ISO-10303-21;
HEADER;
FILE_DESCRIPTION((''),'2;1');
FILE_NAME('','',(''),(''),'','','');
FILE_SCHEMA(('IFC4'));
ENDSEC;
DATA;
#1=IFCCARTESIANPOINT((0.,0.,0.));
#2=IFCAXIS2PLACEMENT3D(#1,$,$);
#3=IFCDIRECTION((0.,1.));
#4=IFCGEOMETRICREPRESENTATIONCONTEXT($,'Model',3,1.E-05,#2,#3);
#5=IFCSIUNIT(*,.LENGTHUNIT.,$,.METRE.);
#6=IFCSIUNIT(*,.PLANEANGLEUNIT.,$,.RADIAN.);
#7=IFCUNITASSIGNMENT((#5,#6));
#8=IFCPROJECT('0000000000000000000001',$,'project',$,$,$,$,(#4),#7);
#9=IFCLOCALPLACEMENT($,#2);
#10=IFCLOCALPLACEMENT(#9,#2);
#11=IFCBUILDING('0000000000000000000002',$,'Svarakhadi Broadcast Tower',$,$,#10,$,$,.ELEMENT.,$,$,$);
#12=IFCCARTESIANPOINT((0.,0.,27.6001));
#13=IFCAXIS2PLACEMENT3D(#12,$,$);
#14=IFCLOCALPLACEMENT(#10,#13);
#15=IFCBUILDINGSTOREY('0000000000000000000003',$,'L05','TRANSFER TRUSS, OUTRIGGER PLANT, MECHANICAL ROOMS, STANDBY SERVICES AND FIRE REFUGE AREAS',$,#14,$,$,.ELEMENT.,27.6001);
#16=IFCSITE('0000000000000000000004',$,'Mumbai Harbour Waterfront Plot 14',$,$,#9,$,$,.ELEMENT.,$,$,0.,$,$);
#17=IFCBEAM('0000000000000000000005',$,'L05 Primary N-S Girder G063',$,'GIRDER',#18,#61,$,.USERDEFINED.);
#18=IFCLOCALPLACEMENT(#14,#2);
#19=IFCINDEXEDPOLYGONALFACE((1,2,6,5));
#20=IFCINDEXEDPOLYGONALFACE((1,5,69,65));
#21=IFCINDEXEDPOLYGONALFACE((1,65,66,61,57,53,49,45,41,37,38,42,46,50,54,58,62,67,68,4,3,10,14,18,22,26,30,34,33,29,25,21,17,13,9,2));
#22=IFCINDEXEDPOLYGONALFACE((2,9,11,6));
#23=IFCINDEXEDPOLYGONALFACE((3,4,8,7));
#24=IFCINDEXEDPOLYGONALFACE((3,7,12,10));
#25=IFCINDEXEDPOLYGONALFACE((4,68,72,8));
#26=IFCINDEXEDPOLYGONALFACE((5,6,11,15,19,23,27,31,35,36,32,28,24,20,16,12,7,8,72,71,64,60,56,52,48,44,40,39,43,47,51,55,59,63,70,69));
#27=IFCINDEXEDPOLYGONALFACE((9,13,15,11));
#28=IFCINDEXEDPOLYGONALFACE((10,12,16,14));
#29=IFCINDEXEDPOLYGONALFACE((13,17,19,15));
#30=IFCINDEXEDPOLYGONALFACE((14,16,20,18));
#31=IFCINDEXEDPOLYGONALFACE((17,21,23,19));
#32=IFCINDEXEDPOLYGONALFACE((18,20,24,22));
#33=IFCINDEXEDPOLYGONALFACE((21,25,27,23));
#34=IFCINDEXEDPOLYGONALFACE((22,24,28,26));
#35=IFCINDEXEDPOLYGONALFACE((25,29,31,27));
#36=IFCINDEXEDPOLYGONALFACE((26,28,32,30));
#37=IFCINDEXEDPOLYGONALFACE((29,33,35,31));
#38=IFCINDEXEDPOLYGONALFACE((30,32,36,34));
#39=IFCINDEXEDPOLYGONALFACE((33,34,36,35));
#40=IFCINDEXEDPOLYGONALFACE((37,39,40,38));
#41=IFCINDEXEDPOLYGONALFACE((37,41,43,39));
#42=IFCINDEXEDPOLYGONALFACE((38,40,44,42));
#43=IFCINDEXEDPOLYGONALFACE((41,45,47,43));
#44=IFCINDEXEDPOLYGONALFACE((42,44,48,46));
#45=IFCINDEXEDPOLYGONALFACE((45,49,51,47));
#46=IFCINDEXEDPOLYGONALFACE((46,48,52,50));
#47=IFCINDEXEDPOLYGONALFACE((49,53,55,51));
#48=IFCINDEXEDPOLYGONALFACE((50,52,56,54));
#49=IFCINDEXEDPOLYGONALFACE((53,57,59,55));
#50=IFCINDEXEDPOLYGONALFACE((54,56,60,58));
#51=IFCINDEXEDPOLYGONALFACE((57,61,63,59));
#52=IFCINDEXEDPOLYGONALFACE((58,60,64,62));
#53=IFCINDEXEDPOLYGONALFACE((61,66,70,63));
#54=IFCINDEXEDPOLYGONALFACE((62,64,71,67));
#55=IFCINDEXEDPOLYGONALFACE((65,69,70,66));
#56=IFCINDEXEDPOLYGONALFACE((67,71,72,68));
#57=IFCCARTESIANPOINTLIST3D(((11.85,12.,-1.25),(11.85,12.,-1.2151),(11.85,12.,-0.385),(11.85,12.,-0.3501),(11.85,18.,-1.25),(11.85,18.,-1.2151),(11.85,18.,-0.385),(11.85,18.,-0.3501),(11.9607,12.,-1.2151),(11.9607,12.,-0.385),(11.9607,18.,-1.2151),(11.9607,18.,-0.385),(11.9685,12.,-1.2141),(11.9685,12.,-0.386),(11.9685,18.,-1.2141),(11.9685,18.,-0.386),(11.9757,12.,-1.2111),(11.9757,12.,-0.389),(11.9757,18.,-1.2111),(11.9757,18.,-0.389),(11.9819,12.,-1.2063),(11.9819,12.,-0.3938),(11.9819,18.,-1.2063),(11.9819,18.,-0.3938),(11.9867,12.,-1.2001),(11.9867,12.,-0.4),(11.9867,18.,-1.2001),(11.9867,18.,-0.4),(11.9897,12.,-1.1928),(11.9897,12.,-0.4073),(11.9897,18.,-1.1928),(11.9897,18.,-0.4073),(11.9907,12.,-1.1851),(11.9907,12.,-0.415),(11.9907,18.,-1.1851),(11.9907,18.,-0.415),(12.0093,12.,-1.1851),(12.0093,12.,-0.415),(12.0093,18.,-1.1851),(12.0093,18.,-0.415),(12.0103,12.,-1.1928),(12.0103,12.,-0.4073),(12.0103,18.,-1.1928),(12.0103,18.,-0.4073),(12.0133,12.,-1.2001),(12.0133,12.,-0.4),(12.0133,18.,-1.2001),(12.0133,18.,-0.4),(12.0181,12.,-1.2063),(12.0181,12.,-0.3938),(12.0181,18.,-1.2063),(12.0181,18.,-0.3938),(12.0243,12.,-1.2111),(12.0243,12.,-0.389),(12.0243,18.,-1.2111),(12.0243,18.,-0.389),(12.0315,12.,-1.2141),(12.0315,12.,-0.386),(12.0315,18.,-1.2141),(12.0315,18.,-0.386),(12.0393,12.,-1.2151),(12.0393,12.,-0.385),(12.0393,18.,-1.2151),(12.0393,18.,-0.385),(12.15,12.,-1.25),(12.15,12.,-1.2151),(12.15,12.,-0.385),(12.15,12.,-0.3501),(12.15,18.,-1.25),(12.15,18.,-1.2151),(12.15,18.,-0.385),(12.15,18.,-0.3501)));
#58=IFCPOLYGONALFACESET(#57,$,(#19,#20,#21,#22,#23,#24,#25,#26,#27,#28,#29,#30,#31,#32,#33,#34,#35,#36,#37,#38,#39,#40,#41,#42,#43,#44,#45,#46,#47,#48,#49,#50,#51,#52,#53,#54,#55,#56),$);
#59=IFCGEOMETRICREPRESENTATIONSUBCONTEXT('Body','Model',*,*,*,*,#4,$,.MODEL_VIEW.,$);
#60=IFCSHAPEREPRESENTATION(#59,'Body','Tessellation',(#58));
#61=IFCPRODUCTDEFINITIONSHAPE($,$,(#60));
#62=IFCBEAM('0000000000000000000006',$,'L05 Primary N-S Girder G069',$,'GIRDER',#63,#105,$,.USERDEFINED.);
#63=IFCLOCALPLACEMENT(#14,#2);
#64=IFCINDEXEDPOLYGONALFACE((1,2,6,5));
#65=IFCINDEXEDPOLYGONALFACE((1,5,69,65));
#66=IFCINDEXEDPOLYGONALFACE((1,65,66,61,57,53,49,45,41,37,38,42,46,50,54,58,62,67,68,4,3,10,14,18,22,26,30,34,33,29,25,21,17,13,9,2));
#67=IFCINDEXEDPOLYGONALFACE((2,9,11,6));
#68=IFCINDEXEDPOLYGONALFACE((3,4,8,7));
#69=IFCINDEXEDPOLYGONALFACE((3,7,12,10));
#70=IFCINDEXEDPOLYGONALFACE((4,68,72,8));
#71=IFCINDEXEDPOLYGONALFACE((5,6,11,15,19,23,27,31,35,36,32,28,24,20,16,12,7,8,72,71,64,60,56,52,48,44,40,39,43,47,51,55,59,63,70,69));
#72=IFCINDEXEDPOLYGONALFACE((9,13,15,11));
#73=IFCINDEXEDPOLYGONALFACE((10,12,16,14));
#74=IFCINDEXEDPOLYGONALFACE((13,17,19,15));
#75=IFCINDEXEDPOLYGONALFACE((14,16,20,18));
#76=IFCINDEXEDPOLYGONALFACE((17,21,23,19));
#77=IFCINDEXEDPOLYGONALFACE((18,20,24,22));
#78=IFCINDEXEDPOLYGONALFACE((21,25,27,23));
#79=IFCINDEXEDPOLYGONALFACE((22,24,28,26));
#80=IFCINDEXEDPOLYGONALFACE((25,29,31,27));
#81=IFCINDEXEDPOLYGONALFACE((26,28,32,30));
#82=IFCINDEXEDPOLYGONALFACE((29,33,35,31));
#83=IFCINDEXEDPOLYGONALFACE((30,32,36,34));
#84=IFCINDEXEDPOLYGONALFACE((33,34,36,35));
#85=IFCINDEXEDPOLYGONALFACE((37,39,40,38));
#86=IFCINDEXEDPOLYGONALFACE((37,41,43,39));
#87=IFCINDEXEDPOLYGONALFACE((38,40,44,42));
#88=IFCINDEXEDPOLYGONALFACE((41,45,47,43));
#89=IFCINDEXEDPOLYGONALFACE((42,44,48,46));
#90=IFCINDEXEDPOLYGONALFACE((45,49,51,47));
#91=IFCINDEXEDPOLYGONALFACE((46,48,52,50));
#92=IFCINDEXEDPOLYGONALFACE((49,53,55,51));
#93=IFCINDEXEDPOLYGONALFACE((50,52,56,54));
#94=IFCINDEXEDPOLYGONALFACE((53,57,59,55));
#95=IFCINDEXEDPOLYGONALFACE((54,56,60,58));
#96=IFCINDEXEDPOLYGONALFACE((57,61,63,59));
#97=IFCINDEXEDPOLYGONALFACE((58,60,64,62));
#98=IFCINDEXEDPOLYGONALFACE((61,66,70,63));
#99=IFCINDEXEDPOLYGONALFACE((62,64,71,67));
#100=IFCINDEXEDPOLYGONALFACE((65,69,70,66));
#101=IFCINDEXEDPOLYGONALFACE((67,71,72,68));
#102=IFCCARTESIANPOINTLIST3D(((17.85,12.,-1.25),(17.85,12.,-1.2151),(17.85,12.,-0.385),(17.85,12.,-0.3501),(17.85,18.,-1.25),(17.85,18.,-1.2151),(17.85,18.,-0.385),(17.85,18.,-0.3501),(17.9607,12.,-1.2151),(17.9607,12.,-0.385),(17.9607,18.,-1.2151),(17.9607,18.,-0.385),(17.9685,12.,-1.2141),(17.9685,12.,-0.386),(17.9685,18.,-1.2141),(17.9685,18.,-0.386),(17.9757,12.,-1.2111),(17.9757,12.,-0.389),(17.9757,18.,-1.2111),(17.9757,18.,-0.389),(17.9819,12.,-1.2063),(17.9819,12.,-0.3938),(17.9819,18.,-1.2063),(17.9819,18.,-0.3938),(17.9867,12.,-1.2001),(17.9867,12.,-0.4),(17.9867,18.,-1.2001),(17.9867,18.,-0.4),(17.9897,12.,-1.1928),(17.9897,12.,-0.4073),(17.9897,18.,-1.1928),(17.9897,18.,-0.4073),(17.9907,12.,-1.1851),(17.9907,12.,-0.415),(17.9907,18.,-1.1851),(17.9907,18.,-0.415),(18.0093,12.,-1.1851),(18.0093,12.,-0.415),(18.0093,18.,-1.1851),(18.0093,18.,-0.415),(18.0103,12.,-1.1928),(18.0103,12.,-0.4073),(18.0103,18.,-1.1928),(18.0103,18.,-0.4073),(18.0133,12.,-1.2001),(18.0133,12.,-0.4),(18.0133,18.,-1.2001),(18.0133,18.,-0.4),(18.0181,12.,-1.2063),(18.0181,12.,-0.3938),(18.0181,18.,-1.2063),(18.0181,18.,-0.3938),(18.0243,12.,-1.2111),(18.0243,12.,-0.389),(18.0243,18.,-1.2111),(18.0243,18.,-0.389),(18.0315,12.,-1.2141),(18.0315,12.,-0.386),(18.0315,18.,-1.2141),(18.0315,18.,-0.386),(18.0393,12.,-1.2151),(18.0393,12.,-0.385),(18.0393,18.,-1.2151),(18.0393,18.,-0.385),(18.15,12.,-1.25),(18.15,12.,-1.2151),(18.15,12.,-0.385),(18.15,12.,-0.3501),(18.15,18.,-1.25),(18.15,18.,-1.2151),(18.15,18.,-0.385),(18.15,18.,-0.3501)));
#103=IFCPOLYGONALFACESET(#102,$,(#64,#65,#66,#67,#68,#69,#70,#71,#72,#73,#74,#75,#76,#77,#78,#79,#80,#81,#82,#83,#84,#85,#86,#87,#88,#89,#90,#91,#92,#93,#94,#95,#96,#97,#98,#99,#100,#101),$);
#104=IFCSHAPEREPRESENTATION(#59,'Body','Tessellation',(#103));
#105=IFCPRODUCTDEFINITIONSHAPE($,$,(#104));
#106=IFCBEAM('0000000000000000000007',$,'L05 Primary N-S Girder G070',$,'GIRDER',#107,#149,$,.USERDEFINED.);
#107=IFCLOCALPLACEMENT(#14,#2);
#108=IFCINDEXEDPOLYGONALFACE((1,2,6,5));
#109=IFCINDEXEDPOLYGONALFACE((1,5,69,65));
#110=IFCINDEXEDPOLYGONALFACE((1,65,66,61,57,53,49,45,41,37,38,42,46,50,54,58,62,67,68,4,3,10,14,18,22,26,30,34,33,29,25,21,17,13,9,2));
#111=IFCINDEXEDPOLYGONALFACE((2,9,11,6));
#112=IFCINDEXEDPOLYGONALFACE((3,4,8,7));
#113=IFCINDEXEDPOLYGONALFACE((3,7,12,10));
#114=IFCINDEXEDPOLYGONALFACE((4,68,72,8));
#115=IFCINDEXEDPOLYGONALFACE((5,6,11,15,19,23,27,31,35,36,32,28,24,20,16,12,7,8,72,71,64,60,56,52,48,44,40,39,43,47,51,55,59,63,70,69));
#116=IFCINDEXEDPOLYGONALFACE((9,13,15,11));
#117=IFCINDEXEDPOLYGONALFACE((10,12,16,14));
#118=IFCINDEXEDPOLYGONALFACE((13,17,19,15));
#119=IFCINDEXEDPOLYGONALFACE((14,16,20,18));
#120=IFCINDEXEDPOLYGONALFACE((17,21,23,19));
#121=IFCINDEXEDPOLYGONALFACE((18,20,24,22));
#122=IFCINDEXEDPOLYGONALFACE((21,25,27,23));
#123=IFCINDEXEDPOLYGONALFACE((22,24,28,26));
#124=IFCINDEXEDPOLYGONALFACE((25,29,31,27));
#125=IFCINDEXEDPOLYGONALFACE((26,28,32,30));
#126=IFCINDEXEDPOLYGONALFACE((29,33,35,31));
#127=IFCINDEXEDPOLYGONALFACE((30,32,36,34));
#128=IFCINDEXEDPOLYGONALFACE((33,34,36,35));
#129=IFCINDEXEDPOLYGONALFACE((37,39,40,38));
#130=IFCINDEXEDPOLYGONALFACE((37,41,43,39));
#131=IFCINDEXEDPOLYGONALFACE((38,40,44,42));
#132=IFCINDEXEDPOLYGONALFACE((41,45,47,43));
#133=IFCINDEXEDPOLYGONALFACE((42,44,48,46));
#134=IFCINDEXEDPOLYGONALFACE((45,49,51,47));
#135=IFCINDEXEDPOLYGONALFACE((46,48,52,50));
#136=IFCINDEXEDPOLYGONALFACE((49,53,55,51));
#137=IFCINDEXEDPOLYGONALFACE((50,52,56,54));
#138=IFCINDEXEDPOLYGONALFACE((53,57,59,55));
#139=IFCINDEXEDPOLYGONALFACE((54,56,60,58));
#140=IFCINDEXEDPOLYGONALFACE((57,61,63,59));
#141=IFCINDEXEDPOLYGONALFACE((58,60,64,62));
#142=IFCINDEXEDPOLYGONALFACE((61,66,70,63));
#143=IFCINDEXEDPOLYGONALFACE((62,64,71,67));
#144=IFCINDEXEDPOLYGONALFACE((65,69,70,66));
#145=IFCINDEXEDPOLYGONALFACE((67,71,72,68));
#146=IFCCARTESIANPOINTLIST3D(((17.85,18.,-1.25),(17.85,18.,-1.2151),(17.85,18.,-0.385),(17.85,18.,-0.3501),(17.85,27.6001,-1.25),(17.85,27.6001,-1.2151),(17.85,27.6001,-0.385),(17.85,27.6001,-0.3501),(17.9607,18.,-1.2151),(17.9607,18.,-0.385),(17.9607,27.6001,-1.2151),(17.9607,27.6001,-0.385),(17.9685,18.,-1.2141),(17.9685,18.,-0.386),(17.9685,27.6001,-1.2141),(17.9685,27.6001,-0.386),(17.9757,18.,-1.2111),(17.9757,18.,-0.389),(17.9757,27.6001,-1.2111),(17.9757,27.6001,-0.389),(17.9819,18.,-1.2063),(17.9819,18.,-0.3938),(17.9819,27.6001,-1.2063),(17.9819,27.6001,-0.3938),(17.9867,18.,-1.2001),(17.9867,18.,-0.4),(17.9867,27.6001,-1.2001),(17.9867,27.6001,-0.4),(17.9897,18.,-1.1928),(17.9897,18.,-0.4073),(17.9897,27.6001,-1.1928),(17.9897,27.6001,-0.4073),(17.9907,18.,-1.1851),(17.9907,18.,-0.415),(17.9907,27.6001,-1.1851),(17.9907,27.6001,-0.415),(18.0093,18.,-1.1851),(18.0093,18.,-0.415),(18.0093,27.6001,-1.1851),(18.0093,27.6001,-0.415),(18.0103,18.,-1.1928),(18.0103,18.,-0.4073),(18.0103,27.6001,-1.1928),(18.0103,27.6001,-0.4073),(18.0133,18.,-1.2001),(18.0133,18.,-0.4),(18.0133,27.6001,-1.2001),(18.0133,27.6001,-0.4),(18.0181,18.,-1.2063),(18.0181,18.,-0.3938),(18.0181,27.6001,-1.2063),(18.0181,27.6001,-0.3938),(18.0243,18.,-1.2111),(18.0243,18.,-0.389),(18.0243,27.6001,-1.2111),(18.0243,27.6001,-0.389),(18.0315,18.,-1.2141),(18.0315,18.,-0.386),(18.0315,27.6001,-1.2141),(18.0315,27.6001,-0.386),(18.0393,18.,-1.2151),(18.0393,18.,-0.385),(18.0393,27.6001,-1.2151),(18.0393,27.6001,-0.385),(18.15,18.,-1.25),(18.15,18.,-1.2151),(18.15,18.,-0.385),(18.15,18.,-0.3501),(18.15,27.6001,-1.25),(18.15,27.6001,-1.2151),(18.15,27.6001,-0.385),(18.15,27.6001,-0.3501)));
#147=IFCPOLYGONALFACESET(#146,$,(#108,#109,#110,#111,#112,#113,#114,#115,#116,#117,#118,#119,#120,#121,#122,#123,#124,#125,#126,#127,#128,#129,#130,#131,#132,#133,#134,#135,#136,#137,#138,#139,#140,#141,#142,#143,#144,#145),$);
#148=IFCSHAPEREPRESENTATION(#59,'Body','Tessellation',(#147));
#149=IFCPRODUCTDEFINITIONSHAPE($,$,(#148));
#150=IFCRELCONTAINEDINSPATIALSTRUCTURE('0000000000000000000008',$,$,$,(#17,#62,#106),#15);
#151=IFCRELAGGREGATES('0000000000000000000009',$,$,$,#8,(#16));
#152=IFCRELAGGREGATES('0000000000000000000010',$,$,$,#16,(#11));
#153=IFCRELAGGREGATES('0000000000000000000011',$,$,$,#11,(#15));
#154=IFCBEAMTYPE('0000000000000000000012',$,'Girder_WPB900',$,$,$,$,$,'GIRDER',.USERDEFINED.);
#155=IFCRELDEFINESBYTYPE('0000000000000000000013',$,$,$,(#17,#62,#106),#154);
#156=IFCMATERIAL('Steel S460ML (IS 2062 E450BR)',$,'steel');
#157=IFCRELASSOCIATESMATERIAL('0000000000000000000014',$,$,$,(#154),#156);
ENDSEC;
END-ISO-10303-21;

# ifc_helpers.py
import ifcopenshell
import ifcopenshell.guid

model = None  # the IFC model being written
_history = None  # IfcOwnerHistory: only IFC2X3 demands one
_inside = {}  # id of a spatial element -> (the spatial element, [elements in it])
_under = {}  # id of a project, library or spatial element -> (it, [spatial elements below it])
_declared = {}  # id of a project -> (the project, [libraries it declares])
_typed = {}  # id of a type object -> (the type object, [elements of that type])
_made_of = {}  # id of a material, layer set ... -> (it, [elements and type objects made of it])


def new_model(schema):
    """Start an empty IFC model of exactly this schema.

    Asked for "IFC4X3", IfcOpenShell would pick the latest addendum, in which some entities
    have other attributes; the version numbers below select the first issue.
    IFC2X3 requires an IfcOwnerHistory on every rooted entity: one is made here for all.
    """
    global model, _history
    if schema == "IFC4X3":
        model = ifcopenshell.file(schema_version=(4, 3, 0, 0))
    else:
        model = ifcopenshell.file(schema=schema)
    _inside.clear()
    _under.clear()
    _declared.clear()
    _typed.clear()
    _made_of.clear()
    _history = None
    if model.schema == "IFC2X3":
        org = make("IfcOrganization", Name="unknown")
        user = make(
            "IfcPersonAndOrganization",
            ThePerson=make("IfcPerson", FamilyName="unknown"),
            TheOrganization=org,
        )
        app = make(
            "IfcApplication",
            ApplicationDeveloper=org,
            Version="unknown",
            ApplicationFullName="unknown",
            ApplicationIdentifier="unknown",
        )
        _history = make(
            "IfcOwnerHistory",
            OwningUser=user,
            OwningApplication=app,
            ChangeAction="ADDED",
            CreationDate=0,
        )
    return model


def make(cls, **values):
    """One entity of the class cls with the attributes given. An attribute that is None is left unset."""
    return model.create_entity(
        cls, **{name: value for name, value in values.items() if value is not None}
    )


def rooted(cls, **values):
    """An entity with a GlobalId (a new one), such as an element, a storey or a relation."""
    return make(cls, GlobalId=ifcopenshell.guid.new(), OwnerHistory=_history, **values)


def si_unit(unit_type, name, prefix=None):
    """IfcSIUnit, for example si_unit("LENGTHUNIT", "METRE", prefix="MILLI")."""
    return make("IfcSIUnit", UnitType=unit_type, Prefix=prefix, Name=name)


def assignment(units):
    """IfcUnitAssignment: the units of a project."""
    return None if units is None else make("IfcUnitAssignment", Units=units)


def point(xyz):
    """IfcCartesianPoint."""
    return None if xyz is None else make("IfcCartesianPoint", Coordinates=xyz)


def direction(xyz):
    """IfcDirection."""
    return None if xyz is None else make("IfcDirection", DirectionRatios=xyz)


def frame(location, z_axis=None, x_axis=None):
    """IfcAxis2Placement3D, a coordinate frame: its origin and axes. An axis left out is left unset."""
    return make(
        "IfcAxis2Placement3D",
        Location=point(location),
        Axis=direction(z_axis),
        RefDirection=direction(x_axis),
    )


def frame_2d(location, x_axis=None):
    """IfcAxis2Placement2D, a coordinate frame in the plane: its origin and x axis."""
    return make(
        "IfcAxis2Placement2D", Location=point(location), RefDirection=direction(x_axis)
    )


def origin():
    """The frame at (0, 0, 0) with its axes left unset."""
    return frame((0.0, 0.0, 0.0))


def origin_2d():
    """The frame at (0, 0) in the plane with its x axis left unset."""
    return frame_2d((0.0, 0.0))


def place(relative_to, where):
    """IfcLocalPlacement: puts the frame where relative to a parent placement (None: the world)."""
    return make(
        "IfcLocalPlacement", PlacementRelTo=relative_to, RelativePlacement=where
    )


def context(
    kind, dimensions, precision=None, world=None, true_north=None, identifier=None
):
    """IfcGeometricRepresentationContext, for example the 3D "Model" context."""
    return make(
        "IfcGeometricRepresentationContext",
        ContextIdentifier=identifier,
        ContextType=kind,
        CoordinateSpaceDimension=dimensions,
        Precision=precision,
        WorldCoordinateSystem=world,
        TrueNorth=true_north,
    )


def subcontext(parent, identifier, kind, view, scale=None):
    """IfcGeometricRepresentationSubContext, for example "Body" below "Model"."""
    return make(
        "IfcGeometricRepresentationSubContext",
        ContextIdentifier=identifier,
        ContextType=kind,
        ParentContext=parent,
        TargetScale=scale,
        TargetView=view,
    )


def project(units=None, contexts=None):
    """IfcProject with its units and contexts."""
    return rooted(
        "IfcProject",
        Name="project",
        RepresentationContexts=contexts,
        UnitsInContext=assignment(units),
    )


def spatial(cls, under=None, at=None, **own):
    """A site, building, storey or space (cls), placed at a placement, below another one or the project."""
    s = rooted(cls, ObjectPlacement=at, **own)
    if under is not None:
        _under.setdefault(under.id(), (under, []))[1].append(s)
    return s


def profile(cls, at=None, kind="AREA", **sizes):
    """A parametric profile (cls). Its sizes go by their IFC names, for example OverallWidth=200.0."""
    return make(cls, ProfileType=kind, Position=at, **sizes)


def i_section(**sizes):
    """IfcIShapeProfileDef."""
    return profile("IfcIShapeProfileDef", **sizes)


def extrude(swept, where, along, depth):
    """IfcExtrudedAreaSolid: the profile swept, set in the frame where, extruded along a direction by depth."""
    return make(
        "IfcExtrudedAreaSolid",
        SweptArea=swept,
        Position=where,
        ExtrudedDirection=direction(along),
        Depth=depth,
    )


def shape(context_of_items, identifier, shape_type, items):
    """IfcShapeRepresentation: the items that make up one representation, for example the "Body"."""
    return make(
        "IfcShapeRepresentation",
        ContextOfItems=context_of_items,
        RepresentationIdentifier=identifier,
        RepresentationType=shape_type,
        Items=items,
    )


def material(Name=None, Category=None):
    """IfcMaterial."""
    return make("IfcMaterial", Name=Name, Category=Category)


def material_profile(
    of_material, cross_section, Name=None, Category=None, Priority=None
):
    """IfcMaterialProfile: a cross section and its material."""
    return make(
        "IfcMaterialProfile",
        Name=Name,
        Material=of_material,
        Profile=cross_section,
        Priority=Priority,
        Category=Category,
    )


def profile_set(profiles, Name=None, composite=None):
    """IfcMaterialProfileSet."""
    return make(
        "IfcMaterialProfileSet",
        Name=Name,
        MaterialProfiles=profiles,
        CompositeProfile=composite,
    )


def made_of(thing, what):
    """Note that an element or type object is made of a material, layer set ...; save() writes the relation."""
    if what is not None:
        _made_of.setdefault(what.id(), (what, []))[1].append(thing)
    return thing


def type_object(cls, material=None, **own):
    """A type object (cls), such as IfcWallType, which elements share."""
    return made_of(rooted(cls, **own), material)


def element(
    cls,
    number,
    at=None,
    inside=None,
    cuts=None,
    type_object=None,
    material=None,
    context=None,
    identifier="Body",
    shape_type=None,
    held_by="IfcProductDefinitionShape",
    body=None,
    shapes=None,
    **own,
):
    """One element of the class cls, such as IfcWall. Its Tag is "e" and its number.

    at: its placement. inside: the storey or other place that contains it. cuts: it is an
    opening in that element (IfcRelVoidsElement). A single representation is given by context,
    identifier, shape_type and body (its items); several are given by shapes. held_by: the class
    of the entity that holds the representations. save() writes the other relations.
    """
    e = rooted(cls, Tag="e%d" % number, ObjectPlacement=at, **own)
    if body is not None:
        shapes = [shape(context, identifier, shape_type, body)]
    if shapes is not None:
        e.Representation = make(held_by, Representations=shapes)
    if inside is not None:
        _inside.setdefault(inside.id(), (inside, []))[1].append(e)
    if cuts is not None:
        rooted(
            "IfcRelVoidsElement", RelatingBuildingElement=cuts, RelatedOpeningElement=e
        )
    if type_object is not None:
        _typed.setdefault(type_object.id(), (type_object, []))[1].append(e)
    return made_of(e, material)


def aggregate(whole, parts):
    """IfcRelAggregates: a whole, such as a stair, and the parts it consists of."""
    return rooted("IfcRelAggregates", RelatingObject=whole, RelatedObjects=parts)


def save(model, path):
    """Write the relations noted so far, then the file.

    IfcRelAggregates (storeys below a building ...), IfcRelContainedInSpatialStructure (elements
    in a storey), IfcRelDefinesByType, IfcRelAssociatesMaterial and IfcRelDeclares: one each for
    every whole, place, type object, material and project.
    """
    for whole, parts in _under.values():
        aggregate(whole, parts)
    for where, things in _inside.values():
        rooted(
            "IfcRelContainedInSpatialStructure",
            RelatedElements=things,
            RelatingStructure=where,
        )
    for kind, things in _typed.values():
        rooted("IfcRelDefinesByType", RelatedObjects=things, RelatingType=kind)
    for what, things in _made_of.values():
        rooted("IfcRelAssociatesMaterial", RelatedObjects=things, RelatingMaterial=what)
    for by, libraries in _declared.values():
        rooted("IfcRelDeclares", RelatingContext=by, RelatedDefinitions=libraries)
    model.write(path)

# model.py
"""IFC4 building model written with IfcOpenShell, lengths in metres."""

from ifc_helpers import new_model, si_unit, direction, frame, origin, origin_2d, place, context, subcontext, project, spatial, i_section, extrude, material, material_profile, profile_set, type_object, element, save


model = new_model("IFC4")

# Units and contexts
model_context = context("Model", 3, precision=1e-05, world=origin(), true_north=direction((0.0, 1.0)))
body_context = subcontext(model_context, "Body", "Model", "MODEL_VIEW")
ifc_project = project(units=[si_unit("LENGTHUNIT", "METRE"), si_unit("PLANEANGLEUNIT", "RADIAN")], contexts=[model_context])

# Site, building, storey
site_placement = place(None, origin())
site = spatial("IfcSite", under=ifc_project, at=site_placement, Name="Mumbai Harbour Waterfront Plot 14", CompositionType="ELEMENT", RefElevation=0.0)
building_placement = place(site_placement, origin())
building = spatial("IfcBuilding", under=site, at=building_placement, Name="Svarakhadi Broadcast Tower", CompositionType="ELEMENT")
storey_placement = place(building_placement, frame((0.0, 0.0, 27.6001)))
storey = spatial("IfcBuildingStorey", under=building, at=storey_placement, Name="L05", Description="TRANSFER TRUSS, OUTRIGGER PLANT, MECHANICAL ROOMS, STANDBY SERVICES AND FIRE REFUGE AREAS", CompositionType="ELEMENT", Elevation=27.6001)

# Shared definitions
ifc_material_1 = material(Name="Steel S460ML (IS 2062 E450BR)", Category="steel")

# Beams
ifc_material_profile_1 = material_profile(ifc_material_1, i_section(OverallWidth=0.3, OverallDepth=0.8999, WebThickness=0.0186, FlangeThickness=0.0349, FilletRadius=0.03, at=origin_2d()), Name="WPB 900x300x291")
ifc_profile_set_1 = profile_set([ifc_material_profile_1], Name="Steel S460ML (IS 2062 E450BR)")
beam_type_1 = type_object("IfcBeamType", Name="Girder_WPB900", ElementType="GIRDER", PredefinedType="USERDEFINED", material=ifc_profile_set_1)
for number, where, z_axis, x_axis, name in (
    (1, (12.0, 12.0, -0.8), (0.0, 1.0, 0.0), (-1.0, 0.0, 0.0), "L05 Primary N-S Girder G063"),
    (2, (18.0, 12.0, -0.8), (0.0, 1.0, 0.0), (-1.0, 0.0, 0.0), "L05 Primary N-S Girder G069"),
):
    element("IfcBeam", number, at=place(storey_placement, frame(where, z_axis=z_axis, x_axis=x_axis)), inside=storey, type_object=beam_type_1, Name=name, ObjectType="GIRDER", PredefinedType="USERDEFINED", context=body_context, shape_type="SweptSolid", body=[
        extrude(i_section(OverallWidth=0.3, OverallDepth=0.8999, WebThickness=0.0186, FlangeThickness=0.0349, FilletRadius=0.03, at=origin_2d()), origin(), (0.0, 0.0, 1.0), 6.0),
    ])
beam_1_placement = place(storey_placement, frame((18.0, 18.0, -0.8), z_axis=(0.0, 1.0, 0.0), x_axis=(-1.0, 0.0, 0.0)))
element("IfcBeam", 3, at=beam_1_placement, inside=storey, type_object=beam_type_1, Name="L05 Primary N-S Girder G070", ObjectType="GIRDER", PredefinedType="USERDEFINED", context=body_context, shape_type="SweptSolid", body=[
    extrude(i_section(OverallWidth=0.3, OverallDepth=0.8999, WebThickness=0.0186, FlangeThickness=0.0349, FilletRadius=0.03, at=origin_2d()), origin(), (0.0, 0.0, 1.0), 9.6001),
])

save(model, "model.ifc")
